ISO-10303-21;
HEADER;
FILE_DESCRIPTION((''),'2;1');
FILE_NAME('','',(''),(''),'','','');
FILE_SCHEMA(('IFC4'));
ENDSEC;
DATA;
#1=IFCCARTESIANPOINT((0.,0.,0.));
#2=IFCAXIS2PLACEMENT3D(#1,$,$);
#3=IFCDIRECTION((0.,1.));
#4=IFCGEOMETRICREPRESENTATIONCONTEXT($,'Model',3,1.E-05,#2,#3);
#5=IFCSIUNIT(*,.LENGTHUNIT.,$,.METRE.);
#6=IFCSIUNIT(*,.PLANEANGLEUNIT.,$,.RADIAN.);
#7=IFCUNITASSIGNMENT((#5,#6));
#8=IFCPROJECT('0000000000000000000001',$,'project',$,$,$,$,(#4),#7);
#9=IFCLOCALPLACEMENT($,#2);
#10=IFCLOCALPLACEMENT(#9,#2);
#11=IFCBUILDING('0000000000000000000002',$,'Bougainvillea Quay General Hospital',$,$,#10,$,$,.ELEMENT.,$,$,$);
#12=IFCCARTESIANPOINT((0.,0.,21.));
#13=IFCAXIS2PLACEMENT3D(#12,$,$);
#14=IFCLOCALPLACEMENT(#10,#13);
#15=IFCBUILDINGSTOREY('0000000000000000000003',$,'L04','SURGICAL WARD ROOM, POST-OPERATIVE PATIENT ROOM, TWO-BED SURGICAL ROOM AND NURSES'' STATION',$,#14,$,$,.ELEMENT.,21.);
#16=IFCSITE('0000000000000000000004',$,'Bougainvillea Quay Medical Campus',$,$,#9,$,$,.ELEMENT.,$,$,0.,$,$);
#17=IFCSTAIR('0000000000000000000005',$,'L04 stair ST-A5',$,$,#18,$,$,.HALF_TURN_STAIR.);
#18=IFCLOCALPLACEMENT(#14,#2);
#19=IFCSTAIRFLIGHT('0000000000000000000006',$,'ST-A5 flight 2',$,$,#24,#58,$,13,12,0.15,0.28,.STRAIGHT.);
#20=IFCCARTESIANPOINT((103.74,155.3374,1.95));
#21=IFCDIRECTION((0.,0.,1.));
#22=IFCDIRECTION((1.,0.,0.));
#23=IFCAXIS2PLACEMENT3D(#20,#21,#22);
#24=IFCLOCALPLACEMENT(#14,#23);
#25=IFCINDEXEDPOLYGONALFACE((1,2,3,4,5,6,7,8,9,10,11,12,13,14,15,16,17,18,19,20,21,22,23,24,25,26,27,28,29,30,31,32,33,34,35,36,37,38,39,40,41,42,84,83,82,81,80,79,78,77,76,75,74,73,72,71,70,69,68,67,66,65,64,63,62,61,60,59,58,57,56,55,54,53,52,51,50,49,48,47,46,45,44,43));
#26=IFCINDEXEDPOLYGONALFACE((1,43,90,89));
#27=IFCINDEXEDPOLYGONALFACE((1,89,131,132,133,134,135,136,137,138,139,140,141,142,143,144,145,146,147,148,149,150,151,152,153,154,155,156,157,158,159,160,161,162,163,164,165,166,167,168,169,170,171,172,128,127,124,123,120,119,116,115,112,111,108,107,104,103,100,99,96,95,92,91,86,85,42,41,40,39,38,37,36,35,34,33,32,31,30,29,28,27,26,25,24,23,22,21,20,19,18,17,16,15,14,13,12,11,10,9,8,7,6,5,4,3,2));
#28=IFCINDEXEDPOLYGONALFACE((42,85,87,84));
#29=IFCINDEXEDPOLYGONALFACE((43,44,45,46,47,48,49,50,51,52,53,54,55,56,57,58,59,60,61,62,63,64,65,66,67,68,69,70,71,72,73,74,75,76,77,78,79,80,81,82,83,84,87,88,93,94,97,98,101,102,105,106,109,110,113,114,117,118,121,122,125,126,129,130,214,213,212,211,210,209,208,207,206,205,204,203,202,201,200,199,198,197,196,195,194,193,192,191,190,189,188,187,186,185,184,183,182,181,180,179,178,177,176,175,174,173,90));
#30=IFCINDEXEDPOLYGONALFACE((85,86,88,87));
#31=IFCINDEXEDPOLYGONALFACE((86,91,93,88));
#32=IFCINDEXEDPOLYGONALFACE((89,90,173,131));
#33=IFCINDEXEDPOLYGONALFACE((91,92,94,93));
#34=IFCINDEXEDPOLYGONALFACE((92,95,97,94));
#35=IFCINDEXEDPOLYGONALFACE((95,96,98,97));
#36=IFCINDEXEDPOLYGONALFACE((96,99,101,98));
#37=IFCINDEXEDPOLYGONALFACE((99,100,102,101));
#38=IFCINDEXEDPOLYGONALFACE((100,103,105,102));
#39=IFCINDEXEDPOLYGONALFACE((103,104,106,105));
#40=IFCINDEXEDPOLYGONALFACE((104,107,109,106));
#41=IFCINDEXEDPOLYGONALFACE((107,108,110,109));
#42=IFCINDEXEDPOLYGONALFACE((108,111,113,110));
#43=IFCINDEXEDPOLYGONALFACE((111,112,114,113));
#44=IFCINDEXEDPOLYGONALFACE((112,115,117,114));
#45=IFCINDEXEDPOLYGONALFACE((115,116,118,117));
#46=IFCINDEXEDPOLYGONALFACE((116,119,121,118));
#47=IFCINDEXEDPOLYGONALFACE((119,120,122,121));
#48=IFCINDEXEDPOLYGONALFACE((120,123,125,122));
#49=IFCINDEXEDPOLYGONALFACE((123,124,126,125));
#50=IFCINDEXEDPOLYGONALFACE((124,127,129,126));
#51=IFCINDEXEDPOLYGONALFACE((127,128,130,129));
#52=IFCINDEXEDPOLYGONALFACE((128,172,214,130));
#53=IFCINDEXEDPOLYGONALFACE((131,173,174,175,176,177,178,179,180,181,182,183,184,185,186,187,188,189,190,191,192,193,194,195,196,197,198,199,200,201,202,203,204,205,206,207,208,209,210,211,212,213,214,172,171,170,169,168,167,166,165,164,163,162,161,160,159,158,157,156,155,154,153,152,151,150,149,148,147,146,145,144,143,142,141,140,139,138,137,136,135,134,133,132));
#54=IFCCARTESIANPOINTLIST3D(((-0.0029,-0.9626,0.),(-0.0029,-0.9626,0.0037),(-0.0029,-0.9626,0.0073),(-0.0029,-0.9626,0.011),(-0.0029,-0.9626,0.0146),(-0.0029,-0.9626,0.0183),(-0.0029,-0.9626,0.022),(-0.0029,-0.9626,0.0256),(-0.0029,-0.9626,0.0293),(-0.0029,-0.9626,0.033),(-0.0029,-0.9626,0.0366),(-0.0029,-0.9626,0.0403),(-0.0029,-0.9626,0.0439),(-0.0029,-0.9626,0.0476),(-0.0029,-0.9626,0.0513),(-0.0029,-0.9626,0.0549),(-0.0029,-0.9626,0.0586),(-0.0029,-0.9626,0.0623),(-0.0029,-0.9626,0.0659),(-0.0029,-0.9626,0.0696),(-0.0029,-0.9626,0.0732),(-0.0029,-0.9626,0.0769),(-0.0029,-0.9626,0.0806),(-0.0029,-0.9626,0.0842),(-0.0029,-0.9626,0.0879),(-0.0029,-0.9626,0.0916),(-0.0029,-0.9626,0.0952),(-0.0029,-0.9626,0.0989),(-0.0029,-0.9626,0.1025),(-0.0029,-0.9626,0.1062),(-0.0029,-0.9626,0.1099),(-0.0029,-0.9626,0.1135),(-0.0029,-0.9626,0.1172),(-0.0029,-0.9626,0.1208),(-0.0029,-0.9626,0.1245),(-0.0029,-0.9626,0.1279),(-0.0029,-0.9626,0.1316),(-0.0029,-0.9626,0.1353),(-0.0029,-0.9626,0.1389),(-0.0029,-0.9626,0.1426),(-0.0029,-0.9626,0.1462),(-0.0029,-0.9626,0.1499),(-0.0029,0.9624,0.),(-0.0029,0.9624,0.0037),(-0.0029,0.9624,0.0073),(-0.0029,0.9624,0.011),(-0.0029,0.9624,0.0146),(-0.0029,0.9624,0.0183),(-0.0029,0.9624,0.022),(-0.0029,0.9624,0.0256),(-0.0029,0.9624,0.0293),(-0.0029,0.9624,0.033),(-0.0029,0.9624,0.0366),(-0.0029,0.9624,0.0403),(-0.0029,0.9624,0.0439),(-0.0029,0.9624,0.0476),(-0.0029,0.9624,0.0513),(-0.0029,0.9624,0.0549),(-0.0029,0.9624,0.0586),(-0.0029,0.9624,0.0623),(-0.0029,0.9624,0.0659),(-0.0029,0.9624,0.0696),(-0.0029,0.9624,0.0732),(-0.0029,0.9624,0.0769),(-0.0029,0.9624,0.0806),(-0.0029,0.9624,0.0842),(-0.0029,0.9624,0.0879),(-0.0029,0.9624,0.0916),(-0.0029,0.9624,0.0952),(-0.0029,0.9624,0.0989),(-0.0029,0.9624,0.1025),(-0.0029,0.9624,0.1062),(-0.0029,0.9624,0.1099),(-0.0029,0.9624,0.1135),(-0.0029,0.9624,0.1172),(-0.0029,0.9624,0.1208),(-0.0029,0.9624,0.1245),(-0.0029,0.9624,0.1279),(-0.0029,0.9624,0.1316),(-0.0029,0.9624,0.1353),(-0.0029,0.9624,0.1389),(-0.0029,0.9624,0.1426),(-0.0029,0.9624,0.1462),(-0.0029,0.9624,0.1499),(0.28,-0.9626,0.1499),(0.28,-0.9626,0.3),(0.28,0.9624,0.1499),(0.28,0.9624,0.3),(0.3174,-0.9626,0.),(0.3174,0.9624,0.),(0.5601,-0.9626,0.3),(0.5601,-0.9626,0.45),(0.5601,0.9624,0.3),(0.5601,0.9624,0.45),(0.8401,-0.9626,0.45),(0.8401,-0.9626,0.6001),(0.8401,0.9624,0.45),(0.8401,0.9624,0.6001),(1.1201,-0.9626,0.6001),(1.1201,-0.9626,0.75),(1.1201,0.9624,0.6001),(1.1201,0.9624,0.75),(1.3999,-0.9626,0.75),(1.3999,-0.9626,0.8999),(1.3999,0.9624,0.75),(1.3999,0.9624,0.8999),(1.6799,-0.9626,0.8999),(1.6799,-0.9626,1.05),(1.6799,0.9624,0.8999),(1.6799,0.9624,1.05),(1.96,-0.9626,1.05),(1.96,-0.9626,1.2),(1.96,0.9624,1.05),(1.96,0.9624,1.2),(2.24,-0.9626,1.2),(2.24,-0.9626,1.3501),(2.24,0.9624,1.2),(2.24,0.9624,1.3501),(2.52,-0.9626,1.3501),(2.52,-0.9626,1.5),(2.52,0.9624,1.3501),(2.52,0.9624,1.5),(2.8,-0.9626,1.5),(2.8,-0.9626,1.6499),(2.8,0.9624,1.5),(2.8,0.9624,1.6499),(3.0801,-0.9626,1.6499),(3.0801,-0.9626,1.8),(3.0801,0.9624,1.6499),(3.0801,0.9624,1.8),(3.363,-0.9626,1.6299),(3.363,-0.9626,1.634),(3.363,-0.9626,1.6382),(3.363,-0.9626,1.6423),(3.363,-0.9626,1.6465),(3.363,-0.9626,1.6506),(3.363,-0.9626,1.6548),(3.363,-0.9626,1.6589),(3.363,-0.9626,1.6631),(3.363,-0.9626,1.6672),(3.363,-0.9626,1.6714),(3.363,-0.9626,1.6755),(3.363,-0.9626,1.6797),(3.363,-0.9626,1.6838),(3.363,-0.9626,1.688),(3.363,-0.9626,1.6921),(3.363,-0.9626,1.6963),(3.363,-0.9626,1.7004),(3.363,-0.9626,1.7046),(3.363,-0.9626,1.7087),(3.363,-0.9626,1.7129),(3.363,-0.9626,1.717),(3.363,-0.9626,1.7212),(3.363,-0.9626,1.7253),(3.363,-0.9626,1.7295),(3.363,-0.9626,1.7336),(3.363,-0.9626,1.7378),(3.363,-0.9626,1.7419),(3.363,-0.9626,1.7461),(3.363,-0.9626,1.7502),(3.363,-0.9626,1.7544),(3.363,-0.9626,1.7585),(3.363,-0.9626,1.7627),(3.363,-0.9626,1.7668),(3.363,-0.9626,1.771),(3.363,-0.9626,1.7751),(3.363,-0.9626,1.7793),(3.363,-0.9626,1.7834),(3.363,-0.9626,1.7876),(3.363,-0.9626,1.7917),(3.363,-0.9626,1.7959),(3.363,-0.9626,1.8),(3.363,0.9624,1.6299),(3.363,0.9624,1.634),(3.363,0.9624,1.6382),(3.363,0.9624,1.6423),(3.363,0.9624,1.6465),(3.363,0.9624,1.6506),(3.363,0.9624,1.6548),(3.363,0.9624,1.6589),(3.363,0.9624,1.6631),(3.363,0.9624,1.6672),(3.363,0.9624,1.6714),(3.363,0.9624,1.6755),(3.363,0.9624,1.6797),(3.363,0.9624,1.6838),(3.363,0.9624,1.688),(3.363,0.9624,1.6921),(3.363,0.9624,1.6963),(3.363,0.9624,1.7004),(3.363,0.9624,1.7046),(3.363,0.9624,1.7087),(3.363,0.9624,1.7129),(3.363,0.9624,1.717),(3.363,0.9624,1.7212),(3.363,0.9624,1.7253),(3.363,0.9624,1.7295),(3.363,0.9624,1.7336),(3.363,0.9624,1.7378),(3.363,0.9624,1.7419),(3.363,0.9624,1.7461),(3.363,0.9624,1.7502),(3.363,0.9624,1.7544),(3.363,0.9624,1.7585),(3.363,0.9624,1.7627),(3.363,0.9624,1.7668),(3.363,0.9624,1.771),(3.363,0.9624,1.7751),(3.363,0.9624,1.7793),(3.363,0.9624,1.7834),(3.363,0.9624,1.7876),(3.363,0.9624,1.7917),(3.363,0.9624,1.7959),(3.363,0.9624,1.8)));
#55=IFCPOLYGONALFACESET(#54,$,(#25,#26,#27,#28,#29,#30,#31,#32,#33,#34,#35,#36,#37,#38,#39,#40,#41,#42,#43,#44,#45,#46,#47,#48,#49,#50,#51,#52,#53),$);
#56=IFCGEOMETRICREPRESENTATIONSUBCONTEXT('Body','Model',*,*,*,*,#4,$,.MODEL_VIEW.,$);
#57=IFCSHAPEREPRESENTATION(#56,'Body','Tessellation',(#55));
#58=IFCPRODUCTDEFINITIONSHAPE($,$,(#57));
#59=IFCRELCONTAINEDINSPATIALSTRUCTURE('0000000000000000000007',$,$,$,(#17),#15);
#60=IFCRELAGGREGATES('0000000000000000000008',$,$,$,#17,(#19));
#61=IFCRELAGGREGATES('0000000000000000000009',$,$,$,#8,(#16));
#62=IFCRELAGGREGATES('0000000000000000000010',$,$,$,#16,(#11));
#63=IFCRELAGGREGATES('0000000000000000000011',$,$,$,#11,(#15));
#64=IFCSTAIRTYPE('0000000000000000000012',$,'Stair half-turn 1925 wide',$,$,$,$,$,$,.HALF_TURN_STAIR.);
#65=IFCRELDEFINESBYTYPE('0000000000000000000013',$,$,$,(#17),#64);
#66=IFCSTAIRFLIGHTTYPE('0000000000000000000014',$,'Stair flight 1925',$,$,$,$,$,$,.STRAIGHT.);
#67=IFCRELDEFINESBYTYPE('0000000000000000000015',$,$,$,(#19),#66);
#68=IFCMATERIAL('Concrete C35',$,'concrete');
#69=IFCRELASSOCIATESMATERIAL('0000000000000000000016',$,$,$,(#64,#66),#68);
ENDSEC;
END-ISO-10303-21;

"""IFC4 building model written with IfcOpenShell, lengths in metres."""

from ifc_helpers import new_model, si_unit, direction, frame, origin, place, context, subcontext, project, spatial, polyline, outline, extrude, material, type_object, element, aggregate, save


model = new_model("IFC4")

# Units and contexts
model_context = context("Model", 3, precision=1e-05, world=origin(), true_north=direction((0.0, 1.0)))
body_context = subcontext(model_context, "Body", "Model", "MODEL_VIEW")
ifc_project = project(units=[si_unit("LENGTHUNIT", "METRE"), si_unit("PLANEANGLEUNIT", "RADIAN")], contexts=[model_context])

# Site, building, storey
site_placement = place(None, origin())
site = spatial("IfcSite", under=ifc_project, at=site_placement, Name="Bougainvillea Quay Medical Campus", CompositionType="ELEMENT", RefElevation=0.0)
building_placement = place(site_placement, origin())
building = spatial("IfcBuilding", under=site, at=building_placement, Name="Bougainvillea Quay General Hospital", CompositionType="ELEMENT")
storey_placement = place(building_placement, frame((0.0, 0.0, 21.0)))
storey = spatial("IfcBuildingStorey", under=building, at=storey_placement, Name="L04", Description="SURGICAL WARD ROOM, POST-OPERATIVE PATIENT ROOM, TWO-BED SURGICAL ROOM AND NURSES' STATION", CompositionType="ELEMENT", Elevation=21.0)

# Stair, stair flight
ifc_material_1 = material(Name="Concrete C35", Category="concrete")
stair_type = type_object("IfcStairType", Name="Stair half-turn 1925 wide", PredefinedType="HALF_TURN_STAIR", material=ifc_material_1)
stair_placement = place(storey_placement, origin())
stair = element("IfcStair", 1, at=stair_placement, inside=storey, type_object=stair_type, Name="L04 stair ST-A5", PredefinedType="HALF_TURN_STAIR")
stair_flight_type = type_object("IfcStairFlightType", Name="Stair flight 1925", PredefinedType="STRAIGHT", material=ifc_material_1)
stair_flight_1_placement = place(storey_placement, frame((103.74, 155.3374, 1.95), z_axis=(0.0, 0.0, 1.0), x_axis=(1.0, 0.0, 0.0)))
stair_flight_1 = element("IfcStairFlight", 2, at=stair_flight_1_placement, type_object=stair_flight_type, Name="ST-A5 flight 2", NumberOfRisers=13, NumberOfTreads=12, PredefinedType="STRAIGHT", RiserHeight=0.15, TreadLength=0.28, context=body_context, shape_type="SweptSolid", body=[
    extrude(outline(polyline([(-0.0029, 0.0), (-0.0029, 0.0037), (-0.0029, 0.0073), (-0.0029, 0.011), (-0.0029, 0.0146), (-0.0029, 0.0183), (-0.0029, 0.022), (-0.0029, 0.0256), (-0.0029, 0.0293), (-0.0029, 0.033), (-0.0029, 0.0366), (-0.0029, 0.0403), (-0.0029, 0.0439), (-0.0029, 0.0476), (-0.0029, 0.0513), (-0.0029, 0.0549), (-0.0029, 0.0586), (-0.0029, 0.0623), (-0.0029, 0.0659), (-0.0029, 0.0696), (-0.0029, 0.0732), (-0.0029, 0.0769), (-0.0029, 0.0806), (-0.0029, 0.0842), (-0.0029, 0.0879), (-0.0029, 0.0916), (-0.0029, 0.0952), (-0.0029, 0.0989), (-0.0029, 0.1025), (-0.0029, 0.1062), (-0.0029, 0.1099), (-0.0029, 0.1135), (-0.0029, 0.1172), (-0.0029, 0.1208), (-0.0029, 0.1245), (-0.0029, 0.1279), (-0.0029, 0.1316), (-0.0029, 0.1353), (-0.0029, 0.1389), (-0.0029, 0.1426), (-0.0029, 0.1462), (-0.0029, 0.1499), (0.28, 0.1499), (0.28, 0.3), (0.5601, 0.3), (0.5601, 0.45), (0.8401, 0.45), (0.8401, 0.6001), (1.1201, 0.6001), (1.1201, 0.75), (1.3999, 0.75), (1.3999, 0.8999), (1.6799, 0.8999), (1.6799, 1.05), (1.96, 1.05), (1.96, 1.2), (2.24, 1.2), (2.24, 1.3501), (2.52, 1.3501), (2.52, 1.5), (2.8, 1.5), (2.8, 1.6499), (3.0801, 1.6499), (3.0801, 1.8), (3.363, 1.8), (3.363, 1.7959), (3.363, 1.7917), (3.363, 1.7876), (3.363, 1.7834), (3.363, 1.7793), (3.363, 1.7751), (3.363, 1.771), (3.363, 1.7668), (3.363, 1.7627), (3.363, 1.7585), (3.363, 1.7544), (3.363, 1.7502), (3.363, 1.7461), (3.363, 1.7419), (3.363, 1.7378), (3.363, 1.7336), (3.363, 1.7295), (3.363, 1.7253), (3.363, 1.7212), (3.363, 1.717), (3.363, 1.7129), (3.363, 1.7087), (3.363, 1.7046), (3.363, 1.7004), (3.363, 1.6963), (3.363, 1.6921), (3.363, 1.688), (3.363, 1.6838), (3.363, 1.6797), (3.363, 1.6755), (3.363, 1.6714), (3.363, 1.6672), (3.363, 1.6631), (3.363, 1.6589), (3.363, 1.6548), (3.363, 1.6506), (3.363, 1.6465), (3.363, 1.6423), (3.363, 1.6382), (3.363, 1.634), (3.363, 1.6299), (0.3174, 0.0), (-0.0029, 0.0)])), frame((0.0, 0.9624, 0.0), z_axis=(0.0, -1.0, 0.0), x_axis=(1.0, 0.0, 0.0)), (0.0, 0.0, 1.0), 1.925),
])
aggregate(stair, [stair_flight_1])

save(model, "model.ifc")
